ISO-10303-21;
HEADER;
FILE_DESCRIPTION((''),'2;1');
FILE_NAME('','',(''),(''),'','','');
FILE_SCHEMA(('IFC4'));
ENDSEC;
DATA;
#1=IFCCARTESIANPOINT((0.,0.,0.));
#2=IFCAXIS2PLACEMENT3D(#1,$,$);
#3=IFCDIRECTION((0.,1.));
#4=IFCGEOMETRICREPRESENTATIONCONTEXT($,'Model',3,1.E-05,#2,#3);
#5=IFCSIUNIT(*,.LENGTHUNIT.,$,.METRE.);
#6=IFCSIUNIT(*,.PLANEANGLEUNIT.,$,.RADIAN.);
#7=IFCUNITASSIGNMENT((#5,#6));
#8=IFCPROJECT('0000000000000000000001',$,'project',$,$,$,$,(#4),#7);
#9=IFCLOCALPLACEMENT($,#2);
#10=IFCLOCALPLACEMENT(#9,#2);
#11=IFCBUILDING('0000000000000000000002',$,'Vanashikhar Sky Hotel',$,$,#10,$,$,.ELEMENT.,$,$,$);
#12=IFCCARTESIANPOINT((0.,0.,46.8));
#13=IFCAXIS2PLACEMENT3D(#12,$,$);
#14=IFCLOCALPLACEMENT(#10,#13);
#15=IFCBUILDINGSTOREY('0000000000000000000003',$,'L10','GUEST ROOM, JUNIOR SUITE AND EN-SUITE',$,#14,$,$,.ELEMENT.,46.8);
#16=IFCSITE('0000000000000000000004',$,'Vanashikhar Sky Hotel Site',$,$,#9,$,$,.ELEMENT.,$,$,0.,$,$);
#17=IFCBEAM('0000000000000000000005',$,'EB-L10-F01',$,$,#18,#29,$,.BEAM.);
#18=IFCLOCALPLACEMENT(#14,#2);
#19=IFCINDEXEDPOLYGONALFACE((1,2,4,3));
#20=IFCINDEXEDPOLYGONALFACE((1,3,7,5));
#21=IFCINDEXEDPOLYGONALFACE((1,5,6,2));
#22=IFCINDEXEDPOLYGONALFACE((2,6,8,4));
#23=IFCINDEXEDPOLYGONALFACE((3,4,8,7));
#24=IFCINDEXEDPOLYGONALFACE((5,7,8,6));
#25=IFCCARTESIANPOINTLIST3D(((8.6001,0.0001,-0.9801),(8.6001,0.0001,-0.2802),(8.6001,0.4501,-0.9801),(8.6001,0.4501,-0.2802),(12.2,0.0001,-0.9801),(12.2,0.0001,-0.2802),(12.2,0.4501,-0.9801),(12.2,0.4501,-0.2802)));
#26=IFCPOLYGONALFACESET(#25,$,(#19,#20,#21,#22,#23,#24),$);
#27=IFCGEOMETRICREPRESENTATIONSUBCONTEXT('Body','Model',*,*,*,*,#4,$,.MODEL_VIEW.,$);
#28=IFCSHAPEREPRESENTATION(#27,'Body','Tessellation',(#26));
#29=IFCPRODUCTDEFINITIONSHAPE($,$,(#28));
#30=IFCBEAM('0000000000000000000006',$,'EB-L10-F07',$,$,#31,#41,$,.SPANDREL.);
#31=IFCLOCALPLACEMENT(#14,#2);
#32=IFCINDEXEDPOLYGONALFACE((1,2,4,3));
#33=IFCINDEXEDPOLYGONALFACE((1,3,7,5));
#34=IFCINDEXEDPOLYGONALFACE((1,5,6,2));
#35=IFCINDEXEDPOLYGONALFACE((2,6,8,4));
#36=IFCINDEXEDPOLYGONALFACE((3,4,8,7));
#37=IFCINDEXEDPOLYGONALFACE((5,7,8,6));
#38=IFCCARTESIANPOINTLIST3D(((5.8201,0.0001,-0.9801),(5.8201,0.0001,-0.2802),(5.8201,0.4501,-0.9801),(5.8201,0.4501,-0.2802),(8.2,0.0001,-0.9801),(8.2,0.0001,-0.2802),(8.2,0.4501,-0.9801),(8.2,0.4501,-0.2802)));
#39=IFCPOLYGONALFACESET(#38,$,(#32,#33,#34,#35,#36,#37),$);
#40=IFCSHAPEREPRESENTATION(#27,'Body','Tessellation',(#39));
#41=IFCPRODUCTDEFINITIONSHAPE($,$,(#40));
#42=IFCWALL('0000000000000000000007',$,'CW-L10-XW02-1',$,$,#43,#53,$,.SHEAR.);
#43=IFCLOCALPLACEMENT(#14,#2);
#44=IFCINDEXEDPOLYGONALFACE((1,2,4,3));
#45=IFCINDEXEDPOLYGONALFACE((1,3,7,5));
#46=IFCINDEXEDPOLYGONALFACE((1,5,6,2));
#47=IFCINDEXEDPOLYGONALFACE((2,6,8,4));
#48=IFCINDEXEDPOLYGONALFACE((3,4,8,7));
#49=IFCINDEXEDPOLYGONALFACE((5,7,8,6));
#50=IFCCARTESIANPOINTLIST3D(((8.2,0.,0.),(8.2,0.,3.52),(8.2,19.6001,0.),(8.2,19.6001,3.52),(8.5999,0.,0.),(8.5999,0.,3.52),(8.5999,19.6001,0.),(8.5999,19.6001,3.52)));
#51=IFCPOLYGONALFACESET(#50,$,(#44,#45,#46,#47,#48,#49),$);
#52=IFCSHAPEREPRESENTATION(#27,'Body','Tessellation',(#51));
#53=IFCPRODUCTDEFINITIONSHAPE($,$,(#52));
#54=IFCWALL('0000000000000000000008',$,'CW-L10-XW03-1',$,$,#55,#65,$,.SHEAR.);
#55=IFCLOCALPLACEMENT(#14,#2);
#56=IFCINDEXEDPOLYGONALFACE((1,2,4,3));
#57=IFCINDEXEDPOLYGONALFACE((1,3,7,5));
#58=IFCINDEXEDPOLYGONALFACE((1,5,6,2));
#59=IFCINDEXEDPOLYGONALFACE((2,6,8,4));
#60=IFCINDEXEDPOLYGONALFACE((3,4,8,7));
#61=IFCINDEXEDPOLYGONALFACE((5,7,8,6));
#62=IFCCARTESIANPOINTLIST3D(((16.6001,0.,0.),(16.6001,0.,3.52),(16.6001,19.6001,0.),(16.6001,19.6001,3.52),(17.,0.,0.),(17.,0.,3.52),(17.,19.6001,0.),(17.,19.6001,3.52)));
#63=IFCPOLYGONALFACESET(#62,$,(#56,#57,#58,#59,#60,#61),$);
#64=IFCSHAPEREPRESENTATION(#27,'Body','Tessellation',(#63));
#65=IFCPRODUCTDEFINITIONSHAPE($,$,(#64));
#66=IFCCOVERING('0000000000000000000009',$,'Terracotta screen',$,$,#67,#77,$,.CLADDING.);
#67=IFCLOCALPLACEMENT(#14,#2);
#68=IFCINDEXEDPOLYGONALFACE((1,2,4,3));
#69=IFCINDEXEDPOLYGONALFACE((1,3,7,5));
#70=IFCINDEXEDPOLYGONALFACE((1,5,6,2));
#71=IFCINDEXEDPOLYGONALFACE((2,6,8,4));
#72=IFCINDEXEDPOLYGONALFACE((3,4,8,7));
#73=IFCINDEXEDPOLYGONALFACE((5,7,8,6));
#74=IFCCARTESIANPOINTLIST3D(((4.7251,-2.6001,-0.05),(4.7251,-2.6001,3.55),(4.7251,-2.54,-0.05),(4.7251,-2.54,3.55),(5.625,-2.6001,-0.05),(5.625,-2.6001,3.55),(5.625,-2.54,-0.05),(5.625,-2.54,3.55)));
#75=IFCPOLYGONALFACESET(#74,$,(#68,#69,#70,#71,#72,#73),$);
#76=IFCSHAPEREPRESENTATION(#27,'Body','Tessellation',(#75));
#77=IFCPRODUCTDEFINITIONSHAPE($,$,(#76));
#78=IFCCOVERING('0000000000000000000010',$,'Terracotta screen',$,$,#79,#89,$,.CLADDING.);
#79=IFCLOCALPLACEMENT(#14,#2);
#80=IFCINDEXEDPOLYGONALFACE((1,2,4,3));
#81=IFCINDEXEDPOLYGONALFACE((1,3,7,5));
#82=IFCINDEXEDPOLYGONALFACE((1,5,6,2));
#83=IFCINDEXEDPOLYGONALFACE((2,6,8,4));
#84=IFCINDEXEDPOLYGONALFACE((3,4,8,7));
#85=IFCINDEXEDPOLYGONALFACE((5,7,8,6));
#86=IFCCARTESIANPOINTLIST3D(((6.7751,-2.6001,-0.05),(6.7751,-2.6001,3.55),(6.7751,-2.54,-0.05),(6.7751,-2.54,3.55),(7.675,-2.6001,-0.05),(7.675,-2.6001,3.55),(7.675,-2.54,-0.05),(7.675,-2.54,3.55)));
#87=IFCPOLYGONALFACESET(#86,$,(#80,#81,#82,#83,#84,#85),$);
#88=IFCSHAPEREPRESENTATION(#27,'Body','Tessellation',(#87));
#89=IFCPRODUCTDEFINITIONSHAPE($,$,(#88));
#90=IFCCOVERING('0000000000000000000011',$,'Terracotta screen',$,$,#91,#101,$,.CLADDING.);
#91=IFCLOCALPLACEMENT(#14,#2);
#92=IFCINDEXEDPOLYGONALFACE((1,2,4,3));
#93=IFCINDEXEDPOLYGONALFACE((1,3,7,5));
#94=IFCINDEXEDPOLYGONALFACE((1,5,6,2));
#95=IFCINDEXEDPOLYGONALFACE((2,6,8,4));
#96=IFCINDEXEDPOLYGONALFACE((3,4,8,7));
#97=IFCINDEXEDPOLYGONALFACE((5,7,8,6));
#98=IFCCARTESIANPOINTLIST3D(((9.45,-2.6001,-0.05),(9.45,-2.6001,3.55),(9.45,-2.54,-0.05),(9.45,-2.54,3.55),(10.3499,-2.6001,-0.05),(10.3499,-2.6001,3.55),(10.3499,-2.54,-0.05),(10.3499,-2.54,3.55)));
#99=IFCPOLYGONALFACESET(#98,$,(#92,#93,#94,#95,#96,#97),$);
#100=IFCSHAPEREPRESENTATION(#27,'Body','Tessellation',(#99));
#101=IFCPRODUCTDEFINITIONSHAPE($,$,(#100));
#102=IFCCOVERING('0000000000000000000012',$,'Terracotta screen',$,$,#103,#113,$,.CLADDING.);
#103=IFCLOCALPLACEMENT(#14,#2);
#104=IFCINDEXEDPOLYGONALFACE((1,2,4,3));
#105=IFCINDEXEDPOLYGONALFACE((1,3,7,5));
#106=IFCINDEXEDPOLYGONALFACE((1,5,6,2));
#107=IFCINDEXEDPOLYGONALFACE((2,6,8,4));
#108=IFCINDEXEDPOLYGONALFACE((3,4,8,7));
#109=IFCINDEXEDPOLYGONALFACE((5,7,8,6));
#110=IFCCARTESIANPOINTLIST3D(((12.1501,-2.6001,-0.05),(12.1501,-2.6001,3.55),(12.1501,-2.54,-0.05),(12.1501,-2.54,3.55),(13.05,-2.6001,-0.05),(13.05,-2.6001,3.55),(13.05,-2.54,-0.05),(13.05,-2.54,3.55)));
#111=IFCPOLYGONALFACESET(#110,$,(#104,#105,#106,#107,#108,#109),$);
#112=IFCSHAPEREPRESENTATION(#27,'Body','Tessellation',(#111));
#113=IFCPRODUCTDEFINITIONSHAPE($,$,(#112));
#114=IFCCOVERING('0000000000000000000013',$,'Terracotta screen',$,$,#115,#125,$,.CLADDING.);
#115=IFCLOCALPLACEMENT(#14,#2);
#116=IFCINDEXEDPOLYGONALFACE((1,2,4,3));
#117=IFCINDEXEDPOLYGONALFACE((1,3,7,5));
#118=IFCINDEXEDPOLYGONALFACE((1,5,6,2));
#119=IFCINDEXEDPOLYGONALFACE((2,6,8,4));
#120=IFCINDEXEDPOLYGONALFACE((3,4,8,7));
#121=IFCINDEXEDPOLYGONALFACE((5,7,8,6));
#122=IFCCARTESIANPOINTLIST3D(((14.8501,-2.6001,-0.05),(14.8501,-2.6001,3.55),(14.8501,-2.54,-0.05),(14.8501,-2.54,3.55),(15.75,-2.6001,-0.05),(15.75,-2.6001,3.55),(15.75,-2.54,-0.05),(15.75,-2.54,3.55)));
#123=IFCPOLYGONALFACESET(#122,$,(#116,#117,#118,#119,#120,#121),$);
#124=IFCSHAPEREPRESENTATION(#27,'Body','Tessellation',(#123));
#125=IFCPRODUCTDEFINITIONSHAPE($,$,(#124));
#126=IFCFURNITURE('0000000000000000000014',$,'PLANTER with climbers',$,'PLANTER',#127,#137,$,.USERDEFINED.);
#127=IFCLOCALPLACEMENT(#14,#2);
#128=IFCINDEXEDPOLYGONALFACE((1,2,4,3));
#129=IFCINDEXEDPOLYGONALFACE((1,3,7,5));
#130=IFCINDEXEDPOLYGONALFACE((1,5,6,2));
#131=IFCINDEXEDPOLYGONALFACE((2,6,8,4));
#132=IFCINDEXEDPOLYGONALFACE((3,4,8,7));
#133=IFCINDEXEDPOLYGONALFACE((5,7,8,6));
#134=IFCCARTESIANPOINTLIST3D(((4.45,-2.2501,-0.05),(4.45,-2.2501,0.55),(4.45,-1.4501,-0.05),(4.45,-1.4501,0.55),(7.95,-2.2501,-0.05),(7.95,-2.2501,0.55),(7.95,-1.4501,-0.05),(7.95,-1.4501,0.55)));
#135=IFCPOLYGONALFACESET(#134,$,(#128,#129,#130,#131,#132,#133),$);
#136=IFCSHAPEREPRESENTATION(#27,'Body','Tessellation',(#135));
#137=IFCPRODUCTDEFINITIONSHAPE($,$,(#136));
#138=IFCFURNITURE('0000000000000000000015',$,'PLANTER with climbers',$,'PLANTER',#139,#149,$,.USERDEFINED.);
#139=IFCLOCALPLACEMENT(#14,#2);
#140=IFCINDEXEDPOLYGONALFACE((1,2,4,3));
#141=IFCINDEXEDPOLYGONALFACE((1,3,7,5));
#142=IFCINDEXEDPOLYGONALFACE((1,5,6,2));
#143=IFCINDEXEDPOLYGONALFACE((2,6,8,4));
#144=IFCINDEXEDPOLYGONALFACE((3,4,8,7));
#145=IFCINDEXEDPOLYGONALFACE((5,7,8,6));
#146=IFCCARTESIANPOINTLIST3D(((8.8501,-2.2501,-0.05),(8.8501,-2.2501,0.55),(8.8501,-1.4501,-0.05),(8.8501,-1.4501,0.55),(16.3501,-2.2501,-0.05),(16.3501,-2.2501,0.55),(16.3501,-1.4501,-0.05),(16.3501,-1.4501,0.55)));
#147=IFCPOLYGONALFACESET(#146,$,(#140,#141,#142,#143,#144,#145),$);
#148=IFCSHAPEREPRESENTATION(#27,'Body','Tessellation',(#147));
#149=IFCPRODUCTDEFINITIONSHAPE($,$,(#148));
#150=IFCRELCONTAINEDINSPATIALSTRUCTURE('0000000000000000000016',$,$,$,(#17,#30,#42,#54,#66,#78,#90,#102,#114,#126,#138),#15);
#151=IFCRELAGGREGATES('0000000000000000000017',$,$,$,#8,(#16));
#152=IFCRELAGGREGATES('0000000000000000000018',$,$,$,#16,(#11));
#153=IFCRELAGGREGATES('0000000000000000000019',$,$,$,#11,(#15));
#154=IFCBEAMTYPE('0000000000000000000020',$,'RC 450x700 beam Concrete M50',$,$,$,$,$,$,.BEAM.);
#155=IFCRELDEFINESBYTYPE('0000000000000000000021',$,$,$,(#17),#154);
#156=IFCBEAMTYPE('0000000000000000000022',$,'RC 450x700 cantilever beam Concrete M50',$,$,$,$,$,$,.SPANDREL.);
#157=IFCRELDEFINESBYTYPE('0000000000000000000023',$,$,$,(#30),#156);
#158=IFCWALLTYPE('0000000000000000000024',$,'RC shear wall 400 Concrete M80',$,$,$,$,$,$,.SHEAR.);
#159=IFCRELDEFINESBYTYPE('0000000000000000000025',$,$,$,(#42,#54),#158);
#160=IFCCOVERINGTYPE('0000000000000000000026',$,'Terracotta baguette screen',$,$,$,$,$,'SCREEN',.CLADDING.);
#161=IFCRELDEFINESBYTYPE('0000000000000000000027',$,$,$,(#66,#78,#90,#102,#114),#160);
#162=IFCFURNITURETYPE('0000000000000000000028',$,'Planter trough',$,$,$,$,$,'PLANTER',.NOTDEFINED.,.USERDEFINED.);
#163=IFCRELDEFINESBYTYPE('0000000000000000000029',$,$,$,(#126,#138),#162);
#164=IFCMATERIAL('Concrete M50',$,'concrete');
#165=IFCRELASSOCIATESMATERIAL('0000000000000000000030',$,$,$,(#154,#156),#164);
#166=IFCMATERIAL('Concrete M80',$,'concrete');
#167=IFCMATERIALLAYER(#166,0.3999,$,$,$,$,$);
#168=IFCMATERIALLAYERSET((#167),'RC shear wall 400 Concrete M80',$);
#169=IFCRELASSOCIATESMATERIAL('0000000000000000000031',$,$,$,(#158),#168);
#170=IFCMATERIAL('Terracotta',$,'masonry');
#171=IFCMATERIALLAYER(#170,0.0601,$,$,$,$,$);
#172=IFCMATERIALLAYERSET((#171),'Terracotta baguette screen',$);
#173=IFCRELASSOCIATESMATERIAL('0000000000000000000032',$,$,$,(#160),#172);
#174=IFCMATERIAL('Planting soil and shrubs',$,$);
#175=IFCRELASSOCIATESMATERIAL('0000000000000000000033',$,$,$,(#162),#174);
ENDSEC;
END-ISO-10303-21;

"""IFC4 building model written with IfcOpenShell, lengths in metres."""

from ifc_helpers import new_model, si_unit, direction, frame, frame_2d, origin, origin_2d, place, context, subcontext, project, spatial, rectangle, extrude, source, transform, mapped, material, layer, layer_set, material_profile, profile_set, type_object, element, save


model = new_model("IFC4")

# Units and contexts
model_context = context("Model", 3, precision=1e-05, world=origin(), true_north=direction((0.0, 1.0)))
body_context = subcontext(model_context, "Body", "Model", "MODEL_VIEW")
ifc_project = project(units=[si_unit("LENGTHUNIT", "METRE"), si_unit("PLANEANGLEUNIT", "RADIAN")], contexts=[model_context])

# Site, building, storey
site_placement = place(None, origin())
site = spatial("IfcSite", under=ifc_project, at=site_placement, Name="Vanashikhar Sky Hotel Site", CompositionType="ELEMENT", RefElevation=0.0)
building_placement = place(site_placement, origin())
building = spatial("IfcBuilding", under=site, at=building_placement, Name="Vanashikhar Sky Hotel", CompositionType="ELEMENT")
storey_placement = place(building_placement, frame((0.0, 0.0, 46.8)))
storey = spatial("IfcBuildingStorey", under=building, at=storey_placement, Name="L10", Description="GUEST ROOM, JUNIOR SUITE AND EN-SUITE", CompositionType="ELEMENT", Elevation=46.8)

# Beams
ifc_material_1 = material(Name="Concrete M50", Category="concrete")
ifc_material_profile_1 = material_profile(ifc_material_1, rectangle(XDim=0.45, YDim=0.7, at=origin_2d()))
ifc_profile_set_1 = profile_set([ifc_material_profile_1], Name="RC 450x700 beam Concrete M50")
beam_type_1 = type_object("IfcBeamType", Name="RC 450x700 beam Concrete M50", PredefinedType="BEAM", material=ifc_profile_set_1)
shared_shape_1 = source(origin(), body_context, "Body", "SweptSolid", [
    extrude(rectangle(XDim=0.45, YDim=0.7, at=origin_2d()), origin(), (0.0, 0.0, 1.0), 3.5999),
])
beam_1_placement = place(storey_placement, frame((8.6001, 0.2251, -0.6301), z_axis=(1.0, 0.0, 0.0), x_axis=(0.0, 1.0, 0.0)))
element("IfcBeam", 1, at=beam_1_placement, inside=storey, type_object=beam_type_1, Name="EB-L10-F01", PredefinedType="BEAM", context=body_context, shape_type="MappedRepresentation", body=[
    mapped(shared_shape_1, transform((0.0, 0.0, 0.0), scale=1.0)),
])
ifc_material_profile_2 = material_profile(ifc_material_1, rectangle(XDim=0.45, YDim=0.7, at=origin_2d()))
ifc_profile_set_2 = profile_set([ifc_material_profile_2], Name="RC 450x700 cantilever beam Concrete M50")
beam_type_2 = type_object("IfcBeamType", Name="RC 450x700 cantilever beam Concrete M50", PredefinedType="SPANDREL", material=ifc_profile_set_2)
shared_shape_2 = source(origin(), body_context, "Body", "SweptSolid", [
    extrude(rectangle(XDim=0.45, YDim=0.7, at=origin_2d()), origin(), (0.0, 0.0, 1.0), 2.3799),
])
beam_2_placement = place(storey_placement, frame((5.8201, 0.2251, -0.6301), z_axis=(1.0, 0.0, 0.0), x_axis=(0.0, 1.0, 0.0)))
element("IfcBeam", 2, at=beam_2_placement, inside=storey, type_object=beam_type_2, Name="EB-L10-F07", PredefinedType="SPANDREL", context=body_context, shape_type="MappedRepresentation", body=[
    mapped(shared_shape_2, transform((0.0, 0.0, 0.0), scale=1.0)),
])

# Walls
ifc_material_2 = material(Name="Concrete M80", Category="concrete")
ifc_layer_1 = layer(ifc_material_2, 0.3999)
ifc_layer_set_1 = layer_set([ifc_layer_1], Name="RC shear wall 400 Concrete M80")
wall_type = type_object("IfcWallType", Name="RC shear wall 400 Concrete M80", PredefinedType="SHEAR", material=ifc_layer_set_1)
shared_shape_3 = source(origin(), body_context, "Body", "SweptSolid", [
    extrude(rectangle(XDim=19.6001, YDim=0.3999, at=frame_2d((9.8, 0.0))), origin(), (0.0, 0.0, 1.0), 3.52),
])
for number, where, z_axis, x_axis, name in (
    (3, (8.3999, 0.0, 0.0), (0.0, 0.0, 1.0), (0.0, 1.0, 0.0), "CW-L10-XW02-1"),
    (4, (16.8, 0.0, 0.0), (0.0, 0.0, 1.0), (0.0, 1.0, 0.0), "CW-L10-XW03-1"),
):
    element("IfcWall", number, at=place(storey_placement, frame(where, z_axis=z_axis, x_axis=x_axis)), inside=storey, type_object=wall_type, Name=name, PredefinedType="SHEAR", context=body_context, shape_type="MappedRepresentation", body=[
        mapped(shared_shape_3, transform((0.0, 0.0, 0.0), scale=1.0)),
    ])

# Coverings
ifc_material_3 = material(Name="Terracotta", Category="masonry")
ifc_layer_2 = layer(ifc_material_3, 0.0601)
ifc_layer_set_2 = layer_set([ifc_layer_2], Name="Terracotta baguette screen")
covering_type = type_object("IfcCoveringType", Name="Terracotta baguette screen", ElementType="SCREEN", PredefinedType="CLADDING", material=ifc_layer_set_2)
shared_shape_4 = source(origin(), body_context, "Body", "SweptSolid", [
    extrude(rectangle(XDim=0.8999, YDim=0.0601, at=origin_2d()), origin(), (0.0, 0.0, 1.0), 3.6001),
])
for number, where, z_axis, x_axis, name in (
    (5, (5.175, -2.5701, -0.05), (0.0, 0.0, 1.0), (1.0, 0.0, 0.0), "Terracotta screen"),
    (6, (7.2251, -2.5701, -0.05), (0.0, 0.0, 1.0), (1.0, 0.0, 0.0), "Terracotta screen"),
    (7, (9.8999, -2.5701, -0.05), (0.0, 0.0, 1.0), (1.0, 0.0, 0.0), "Terracotta screen"),
    (8, (12.6001, -2.5701, -0.05), (0.0, 0.0, 1.0), (1.0, 0.0, 0.0), "Terracotta screen"),
    (9, (15.3, -2.5701, -0.05), (0.0, 0.0, 1.0), (1.0, 0.0, 0.0), "Terracotta screen"),
):
    element("IfcCovering", number, at=place(storey_placement, frame(where, z_axis=z_axis, x_axis=x_axis)), inside=storey, type_object=covering_type, Name=name, PredefinedType="CLADDING", context=body_context, shape_type="MappedRepresentation", body=[
        mapped(shared_shape_4, transform((0.0, 0.0, 0.0), scale=1.0)),
    ])

# Furniture
ifc_material_4 = material(Name="Planting soil and shrubs")
furniture_type = type_object("IfcFurnitureType", Name="Planter trough", ElementType="PLANTER", AssemblyPlace="NOTDEFINED", PredefinedType="USERDEFINED", material=ifc_material_4)
shared_shape_5 = source(origin(), body_context, "Body", "SweptSolid", [
    extrude(rectangle(XDim=3.5, YDim=0.8, at=origin_2d()), origin(), (0.0, 0.0, 1.0), 0.6001),
])
furniture_1_placement = place(storey_placement, frame((6.2, -1.8501, -0.05), z_axis=(0.0, 0.0, 1.0), x_axis=(1.0, 0.0, 0.0)))
element("IfcFurniture", 10, at=furniture_1_placement, inside=storey, type_object=furniture_type, Name="PLANTER with climbers", ObjectType="PLANTER", PredefinedType="USERDEFINED", context=body_context, shape_type="MappedRepresentation", body=[
    mapped(shared_shape_5, transform((0.0, 0.0, 0.0), scale=1.0)),
])
shared_shape_6 = source(origin(), body_context, "Body", "SweptSolid", [
    extrude(rectangle(XDim=7.5, YDim=0.8, at=origin_2d()), origin(), (0.0, 0.0, 1.0), 0.6001),
])
furniture_2_placement = place(storey_placement, frame((12.6001, -1.8501, -0.05), z_axis=(0.0, 0.0, 1.0), x_axis=(1.0, 0.0, 0.0)))
element("IfcFurniture", 11, at=furniture_2_placement, inside=storey, type_object=furniture_type, Name="PLANTER with climbers", ObjectType="PLANTER", PredefinedType="USERDEFINED", context=body_context, shape_type="MappedRepresentation", body=[
    mapped(shared_shape_6, transform((0.0, 0.0, 0.0), scale=1.0)),
])

save(model, "model.ifc")
